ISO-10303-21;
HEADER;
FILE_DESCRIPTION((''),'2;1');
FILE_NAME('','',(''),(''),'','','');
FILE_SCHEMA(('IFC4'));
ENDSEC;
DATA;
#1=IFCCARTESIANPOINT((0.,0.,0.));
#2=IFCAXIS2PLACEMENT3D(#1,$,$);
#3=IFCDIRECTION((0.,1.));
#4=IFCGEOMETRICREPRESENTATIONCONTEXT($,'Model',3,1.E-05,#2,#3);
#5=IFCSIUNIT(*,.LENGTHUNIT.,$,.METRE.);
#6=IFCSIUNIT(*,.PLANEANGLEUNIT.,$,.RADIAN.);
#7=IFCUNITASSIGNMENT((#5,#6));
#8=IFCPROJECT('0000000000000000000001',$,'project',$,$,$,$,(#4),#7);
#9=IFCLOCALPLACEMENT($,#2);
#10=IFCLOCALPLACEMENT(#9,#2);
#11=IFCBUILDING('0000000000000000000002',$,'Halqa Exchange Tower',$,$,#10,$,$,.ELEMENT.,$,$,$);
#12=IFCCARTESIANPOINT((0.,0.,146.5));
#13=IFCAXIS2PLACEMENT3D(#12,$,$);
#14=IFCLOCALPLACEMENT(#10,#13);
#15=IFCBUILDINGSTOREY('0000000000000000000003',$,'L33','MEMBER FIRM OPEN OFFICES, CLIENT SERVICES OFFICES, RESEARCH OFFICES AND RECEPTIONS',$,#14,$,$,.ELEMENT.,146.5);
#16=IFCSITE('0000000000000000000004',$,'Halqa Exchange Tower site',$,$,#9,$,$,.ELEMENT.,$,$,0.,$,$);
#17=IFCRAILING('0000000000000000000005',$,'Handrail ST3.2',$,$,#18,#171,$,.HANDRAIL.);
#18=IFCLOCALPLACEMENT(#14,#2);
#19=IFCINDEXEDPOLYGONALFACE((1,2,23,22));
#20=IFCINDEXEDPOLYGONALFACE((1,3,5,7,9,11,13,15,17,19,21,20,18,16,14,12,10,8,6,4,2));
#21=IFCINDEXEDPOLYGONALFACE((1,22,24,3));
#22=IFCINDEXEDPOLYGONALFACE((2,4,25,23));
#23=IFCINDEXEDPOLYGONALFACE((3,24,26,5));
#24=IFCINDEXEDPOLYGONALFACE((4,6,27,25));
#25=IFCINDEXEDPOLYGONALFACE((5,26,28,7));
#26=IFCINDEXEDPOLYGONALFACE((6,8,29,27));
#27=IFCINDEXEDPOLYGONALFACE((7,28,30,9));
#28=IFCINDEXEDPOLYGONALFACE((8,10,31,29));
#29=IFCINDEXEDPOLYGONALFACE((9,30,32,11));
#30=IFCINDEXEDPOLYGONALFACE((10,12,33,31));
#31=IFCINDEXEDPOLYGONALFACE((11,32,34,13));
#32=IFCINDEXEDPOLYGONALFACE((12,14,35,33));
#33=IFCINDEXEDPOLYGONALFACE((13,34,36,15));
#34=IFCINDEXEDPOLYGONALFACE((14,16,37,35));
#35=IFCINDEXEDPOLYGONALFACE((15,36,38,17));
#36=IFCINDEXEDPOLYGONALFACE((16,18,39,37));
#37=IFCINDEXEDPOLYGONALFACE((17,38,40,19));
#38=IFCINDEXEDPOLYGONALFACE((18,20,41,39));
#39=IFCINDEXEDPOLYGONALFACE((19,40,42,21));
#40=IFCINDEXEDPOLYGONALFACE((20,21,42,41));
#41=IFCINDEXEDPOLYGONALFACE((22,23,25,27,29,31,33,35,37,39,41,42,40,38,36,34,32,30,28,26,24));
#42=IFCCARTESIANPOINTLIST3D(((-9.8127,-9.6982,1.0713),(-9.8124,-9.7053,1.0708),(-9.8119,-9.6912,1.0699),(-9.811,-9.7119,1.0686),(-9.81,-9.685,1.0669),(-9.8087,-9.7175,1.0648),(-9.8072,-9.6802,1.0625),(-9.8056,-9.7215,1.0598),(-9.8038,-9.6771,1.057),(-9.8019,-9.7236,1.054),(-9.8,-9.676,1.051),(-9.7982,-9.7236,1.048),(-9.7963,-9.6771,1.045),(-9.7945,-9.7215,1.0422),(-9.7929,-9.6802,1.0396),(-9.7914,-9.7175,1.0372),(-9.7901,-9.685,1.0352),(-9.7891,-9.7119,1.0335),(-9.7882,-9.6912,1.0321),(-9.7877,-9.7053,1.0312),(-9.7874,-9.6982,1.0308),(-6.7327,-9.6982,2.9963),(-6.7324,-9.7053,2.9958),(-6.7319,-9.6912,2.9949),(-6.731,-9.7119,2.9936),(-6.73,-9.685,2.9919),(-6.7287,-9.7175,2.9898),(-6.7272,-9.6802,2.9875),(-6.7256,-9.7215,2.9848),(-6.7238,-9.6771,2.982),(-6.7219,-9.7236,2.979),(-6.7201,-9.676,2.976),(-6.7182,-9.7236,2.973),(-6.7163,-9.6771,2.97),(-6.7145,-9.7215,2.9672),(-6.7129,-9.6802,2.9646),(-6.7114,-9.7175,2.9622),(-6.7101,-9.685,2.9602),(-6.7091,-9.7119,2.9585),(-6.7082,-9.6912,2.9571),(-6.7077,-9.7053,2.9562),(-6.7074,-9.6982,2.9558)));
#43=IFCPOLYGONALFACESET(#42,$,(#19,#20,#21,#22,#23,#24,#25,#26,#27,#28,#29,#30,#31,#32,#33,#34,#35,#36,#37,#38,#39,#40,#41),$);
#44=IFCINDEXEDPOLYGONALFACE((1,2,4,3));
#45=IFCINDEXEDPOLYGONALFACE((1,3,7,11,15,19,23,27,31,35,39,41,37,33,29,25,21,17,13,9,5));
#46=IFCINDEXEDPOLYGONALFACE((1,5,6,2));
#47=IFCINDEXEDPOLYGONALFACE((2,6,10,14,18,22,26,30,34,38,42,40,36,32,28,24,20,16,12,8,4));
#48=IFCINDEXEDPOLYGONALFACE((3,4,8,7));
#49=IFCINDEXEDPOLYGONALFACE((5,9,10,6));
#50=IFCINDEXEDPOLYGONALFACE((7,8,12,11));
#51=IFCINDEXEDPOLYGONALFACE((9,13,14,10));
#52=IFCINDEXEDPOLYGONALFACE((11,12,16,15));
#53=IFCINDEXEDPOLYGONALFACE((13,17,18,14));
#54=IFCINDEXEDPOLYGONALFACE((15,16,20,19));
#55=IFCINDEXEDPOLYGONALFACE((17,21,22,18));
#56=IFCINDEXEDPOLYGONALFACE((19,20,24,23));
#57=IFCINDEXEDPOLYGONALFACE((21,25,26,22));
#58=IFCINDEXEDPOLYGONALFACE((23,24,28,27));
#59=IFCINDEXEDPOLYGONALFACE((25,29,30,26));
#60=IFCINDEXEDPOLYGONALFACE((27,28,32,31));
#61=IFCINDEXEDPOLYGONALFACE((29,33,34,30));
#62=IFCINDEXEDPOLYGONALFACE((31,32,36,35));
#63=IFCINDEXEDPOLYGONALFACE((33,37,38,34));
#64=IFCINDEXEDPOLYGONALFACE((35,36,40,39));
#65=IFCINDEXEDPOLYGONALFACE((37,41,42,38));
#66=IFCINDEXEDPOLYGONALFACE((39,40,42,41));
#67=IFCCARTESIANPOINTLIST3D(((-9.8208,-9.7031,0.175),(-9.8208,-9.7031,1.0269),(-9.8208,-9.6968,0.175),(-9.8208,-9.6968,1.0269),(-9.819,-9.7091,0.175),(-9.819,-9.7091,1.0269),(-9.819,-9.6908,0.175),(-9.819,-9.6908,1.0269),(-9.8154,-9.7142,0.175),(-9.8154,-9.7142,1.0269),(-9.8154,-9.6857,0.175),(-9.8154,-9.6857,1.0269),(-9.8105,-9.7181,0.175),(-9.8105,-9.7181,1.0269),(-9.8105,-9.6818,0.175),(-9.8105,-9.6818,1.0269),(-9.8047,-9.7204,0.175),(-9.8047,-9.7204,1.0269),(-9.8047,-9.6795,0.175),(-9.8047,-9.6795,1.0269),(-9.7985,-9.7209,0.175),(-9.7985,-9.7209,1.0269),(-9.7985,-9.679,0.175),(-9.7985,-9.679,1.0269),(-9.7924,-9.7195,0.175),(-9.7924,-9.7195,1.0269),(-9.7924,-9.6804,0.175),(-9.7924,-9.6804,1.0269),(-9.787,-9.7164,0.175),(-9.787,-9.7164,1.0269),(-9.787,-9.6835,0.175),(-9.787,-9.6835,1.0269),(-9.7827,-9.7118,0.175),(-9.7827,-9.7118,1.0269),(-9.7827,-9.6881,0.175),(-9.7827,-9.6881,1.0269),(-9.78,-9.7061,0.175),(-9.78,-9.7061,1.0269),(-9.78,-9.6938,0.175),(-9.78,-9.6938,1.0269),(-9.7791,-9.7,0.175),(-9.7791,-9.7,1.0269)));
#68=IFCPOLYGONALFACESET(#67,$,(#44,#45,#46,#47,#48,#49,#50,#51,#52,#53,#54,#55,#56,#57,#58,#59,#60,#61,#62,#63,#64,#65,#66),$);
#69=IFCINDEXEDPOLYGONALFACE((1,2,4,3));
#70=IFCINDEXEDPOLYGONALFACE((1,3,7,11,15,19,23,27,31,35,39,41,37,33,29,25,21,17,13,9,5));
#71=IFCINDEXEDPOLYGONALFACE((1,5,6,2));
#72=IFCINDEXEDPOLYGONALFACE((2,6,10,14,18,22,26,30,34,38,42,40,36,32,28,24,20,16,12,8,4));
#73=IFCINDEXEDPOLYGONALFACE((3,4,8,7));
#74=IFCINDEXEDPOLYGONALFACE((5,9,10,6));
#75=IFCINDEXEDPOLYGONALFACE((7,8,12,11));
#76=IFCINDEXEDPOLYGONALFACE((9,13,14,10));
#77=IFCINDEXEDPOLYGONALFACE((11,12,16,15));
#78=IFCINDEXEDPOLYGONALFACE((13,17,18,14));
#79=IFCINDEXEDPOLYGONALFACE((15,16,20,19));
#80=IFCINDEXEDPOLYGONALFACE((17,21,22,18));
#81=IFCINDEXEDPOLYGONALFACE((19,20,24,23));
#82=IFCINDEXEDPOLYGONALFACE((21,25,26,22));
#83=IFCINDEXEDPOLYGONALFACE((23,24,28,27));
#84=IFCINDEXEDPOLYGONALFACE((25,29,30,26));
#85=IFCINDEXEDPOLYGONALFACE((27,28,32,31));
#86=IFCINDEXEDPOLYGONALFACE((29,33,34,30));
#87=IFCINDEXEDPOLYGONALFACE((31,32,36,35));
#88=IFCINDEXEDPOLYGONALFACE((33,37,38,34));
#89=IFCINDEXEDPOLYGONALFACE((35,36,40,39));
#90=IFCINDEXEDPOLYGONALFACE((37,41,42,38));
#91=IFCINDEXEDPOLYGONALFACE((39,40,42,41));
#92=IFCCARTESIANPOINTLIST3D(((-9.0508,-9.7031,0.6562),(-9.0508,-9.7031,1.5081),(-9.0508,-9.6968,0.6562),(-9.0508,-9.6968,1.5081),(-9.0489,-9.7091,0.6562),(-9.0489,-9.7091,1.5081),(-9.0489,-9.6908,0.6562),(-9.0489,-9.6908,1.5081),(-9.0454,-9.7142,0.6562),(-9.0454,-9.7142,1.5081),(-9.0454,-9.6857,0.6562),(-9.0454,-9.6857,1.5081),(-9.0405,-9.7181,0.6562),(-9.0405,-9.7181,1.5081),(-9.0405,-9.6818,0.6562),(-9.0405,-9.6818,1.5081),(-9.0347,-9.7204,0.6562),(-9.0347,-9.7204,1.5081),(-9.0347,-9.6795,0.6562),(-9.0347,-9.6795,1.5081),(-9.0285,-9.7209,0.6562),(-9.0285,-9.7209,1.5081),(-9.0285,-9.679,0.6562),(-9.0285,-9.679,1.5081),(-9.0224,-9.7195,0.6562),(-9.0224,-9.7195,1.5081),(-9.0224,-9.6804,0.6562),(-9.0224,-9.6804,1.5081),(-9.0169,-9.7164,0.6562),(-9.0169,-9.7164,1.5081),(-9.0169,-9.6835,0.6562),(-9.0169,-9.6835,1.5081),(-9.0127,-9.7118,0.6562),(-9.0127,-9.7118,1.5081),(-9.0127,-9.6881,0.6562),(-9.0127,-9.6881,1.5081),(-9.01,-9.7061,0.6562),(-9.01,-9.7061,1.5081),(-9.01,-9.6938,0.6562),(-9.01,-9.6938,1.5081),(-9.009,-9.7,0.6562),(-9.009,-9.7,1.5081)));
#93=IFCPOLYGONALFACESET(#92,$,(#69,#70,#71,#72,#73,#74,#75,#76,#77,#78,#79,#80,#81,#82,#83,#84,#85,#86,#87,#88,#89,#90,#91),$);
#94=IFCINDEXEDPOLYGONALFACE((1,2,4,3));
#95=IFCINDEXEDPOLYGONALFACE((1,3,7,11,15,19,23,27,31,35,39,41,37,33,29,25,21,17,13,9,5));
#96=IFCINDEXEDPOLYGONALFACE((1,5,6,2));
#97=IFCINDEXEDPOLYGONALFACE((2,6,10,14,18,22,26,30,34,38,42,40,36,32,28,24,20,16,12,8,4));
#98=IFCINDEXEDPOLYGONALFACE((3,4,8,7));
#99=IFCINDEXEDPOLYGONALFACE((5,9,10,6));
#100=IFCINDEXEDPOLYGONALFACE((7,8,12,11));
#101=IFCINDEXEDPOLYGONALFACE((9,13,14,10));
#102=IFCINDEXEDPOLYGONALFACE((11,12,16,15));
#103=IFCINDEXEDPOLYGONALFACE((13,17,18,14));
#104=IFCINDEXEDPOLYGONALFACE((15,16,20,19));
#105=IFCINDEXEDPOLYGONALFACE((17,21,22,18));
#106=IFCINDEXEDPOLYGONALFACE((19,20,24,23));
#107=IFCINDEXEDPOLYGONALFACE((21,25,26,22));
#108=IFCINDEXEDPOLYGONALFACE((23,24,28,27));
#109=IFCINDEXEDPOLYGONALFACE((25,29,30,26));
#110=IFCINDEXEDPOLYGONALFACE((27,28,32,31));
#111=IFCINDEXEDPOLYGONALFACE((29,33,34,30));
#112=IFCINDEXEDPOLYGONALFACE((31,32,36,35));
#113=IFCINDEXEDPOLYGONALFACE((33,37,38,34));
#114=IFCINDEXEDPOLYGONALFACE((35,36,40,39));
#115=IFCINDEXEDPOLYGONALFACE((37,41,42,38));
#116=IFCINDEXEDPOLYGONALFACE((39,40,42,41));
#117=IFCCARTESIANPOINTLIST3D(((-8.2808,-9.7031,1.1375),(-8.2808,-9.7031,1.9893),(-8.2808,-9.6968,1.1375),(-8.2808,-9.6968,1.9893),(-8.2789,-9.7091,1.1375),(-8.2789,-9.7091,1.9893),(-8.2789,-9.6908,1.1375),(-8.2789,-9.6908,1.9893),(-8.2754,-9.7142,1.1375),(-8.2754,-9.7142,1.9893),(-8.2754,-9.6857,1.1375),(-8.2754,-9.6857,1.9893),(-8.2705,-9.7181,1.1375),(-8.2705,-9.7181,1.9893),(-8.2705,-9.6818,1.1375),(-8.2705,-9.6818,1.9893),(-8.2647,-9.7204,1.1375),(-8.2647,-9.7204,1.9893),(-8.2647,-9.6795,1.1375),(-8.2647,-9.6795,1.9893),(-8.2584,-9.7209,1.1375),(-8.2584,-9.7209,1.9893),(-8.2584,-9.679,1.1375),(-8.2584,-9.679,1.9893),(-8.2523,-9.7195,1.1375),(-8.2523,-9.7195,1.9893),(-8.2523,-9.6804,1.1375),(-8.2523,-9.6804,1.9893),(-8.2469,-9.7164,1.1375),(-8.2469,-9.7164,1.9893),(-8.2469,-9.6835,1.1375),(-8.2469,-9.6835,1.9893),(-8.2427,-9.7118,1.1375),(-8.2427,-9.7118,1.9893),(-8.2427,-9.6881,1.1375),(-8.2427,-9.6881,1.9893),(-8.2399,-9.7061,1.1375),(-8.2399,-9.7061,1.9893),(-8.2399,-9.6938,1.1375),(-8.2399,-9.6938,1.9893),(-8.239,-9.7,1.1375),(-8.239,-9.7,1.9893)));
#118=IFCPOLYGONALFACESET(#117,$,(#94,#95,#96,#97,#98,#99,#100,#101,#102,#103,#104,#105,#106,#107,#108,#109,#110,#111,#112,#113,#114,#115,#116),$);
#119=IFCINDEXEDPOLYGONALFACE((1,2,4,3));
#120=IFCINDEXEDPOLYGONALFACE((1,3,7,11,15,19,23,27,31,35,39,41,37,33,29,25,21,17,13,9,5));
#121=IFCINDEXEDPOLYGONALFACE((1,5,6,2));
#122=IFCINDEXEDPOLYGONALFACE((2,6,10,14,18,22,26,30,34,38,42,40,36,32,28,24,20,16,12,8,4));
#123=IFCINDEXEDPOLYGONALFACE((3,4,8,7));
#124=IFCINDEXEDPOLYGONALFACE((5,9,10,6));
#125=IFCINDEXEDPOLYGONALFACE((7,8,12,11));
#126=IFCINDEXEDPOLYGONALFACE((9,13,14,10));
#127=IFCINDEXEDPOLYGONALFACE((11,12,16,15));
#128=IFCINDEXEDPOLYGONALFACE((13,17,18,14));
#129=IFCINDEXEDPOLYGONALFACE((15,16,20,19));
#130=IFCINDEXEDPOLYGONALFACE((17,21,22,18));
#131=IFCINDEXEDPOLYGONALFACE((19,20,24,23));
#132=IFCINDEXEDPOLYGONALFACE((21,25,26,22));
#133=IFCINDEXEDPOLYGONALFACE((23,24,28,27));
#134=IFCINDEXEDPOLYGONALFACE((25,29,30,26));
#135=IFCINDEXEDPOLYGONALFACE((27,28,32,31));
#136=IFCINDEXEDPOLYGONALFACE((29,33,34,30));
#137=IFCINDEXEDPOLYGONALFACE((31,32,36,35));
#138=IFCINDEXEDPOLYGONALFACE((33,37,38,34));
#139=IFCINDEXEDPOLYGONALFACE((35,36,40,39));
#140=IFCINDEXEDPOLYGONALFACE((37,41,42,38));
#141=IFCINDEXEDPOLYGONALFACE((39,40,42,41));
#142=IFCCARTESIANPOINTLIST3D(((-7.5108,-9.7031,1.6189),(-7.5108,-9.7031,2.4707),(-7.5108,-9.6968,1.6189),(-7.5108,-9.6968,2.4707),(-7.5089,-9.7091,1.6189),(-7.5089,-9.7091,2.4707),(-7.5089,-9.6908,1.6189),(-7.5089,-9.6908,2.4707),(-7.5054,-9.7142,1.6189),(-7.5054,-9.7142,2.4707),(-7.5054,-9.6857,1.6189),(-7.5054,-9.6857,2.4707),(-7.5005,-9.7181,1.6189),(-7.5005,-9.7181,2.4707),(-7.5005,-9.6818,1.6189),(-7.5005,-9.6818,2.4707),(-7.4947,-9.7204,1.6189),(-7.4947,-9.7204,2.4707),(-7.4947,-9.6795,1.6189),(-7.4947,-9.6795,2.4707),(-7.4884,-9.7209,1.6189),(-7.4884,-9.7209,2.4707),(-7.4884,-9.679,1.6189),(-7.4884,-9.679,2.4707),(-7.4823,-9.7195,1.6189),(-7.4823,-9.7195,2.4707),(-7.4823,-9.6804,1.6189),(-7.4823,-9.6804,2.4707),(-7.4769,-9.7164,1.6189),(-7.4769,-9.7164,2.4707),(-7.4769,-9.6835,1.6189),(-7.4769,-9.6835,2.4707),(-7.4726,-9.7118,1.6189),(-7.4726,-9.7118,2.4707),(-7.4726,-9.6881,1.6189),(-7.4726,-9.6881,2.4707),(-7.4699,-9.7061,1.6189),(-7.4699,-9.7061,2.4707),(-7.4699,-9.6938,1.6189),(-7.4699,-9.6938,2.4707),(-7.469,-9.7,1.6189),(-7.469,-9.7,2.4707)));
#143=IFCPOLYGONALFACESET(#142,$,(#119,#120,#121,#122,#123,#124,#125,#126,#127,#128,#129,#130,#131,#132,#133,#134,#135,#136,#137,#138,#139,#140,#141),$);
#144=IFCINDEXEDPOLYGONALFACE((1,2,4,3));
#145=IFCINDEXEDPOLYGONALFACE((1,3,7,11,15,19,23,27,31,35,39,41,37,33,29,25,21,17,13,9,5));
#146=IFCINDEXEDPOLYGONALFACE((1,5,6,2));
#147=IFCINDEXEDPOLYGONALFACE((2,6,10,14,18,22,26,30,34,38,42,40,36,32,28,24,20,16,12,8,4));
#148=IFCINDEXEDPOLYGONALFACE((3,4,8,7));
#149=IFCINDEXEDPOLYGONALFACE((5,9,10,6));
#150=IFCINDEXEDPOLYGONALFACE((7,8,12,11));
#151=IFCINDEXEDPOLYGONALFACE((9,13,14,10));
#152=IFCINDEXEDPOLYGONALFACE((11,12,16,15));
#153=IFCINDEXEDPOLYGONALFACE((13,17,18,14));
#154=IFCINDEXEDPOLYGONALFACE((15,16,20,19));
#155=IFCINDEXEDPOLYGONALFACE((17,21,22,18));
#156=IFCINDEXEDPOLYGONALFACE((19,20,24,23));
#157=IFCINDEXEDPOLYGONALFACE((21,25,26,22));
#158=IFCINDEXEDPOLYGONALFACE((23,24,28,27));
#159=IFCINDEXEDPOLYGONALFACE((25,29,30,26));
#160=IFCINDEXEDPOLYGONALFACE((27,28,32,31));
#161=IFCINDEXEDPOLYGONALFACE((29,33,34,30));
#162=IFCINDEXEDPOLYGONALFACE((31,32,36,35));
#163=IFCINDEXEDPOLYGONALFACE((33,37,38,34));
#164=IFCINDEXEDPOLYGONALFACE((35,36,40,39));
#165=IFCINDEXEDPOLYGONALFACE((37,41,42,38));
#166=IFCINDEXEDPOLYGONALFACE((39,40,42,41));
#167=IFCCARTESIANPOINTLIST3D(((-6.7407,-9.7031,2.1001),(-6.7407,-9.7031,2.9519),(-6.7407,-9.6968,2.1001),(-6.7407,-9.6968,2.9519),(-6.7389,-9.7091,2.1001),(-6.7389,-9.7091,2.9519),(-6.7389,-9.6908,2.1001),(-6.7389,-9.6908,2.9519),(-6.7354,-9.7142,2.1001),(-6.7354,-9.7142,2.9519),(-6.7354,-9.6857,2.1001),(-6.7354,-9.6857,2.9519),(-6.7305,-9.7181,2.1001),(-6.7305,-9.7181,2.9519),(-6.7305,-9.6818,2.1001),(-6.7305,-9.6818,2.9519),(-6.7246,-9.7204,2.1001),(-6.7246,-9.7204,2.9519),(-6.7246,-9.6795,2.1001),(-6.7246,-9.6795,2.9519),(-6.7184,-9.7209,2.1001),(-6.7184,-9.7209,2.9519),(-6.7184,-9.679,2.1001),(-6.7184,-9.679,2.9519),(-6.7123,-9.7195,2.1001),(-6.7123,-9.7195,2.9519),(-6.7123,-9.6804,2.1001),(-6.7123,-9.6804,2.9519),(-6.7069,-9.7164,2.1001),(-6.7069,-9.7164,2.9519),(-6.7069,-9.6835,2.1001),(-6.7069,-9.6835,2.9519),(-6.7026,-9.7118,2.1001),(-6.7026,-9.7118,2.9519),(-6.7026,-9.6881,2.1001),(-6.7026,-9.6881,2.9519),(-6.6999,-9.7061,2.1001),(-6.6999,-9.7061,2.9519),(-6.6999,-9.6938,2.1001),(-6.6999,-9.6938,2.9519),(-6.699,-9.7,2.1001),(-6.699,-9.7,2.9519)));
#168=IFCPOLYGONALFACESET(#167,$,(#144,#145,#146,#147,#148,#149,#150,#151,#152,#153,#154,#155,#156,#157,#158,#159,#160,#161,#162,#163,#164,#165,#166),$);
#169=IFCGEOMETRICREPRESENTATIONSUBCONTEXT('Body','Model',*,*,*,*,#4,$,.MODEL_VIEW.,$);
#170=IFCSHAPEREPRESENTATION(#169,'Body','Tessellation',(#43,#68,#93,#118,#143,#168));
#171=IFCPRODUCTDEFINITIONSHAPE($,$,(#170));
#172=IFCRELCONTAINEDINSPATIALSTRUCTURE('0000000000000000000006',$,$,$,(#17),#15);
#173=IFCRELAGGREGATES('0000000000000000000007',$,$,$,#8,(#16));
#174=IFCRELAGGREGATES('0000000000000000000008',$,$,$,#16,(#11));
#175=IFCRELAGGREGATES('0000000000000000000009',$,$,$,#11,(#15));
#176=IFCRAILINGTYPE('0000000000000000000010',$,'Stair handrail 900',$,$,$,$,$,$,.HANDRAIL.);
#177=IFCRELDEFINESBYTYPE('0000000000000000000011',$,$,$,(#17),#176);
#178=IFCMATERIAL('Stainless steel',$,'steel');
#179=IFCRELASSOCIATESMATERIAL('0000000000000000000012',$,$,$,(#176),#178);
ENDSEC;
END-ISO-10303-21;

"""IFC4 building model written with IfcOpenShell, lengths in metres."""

from ifc_helpers import new_model, si_unit, direction, frame, origin, origin_2d, place, context, subcontext, project, spatial, circle, extrude, material, type_object, element, save


model = new_model("IFC4")

# Units and contexts
model_context = context("Model", 3, precision=1e-05, world=origin(), true_north=direction((0.0, 1.0)))
body_context = subcontext(model_context, "Body", "Model", "MODEL_VIEW")
ifc_project = project(units=[si_unit("LENGTHUNIT", "METRE"), si_unit("PLANEANGLEUNIT", "RADIAN")], contexts=[model_context])

# Site, building, storey
site_placement = place(None, origin())
site = spatial("IfcSite", under=ifc_project, at=site_placement, Name="Halqa Exchange Tower site", CompositionType="ELEMENT", RefElevation=0.0)
building_placement = place(site_placement, origin())
building = spatial("IfcBuilding", under=site, at=building_placement, Name="Halqa Exchange Tower", CompositionType="ELEMENT")
storey_placement = place(building_placement, frame((0.0, 0.0, 146.5)))
storey = spatial("IfcBuildingStorey", under=building, at=storey_placement, Name="L33", Description="MEMBER FIRM OPEN OFFICES, CLIENT SERVICES OFFICES, RESEARCH OFFICES AND RECEPTIONS", CompositionType="ELEMENT", Elevation=146.5)

# Shared definitions
ifc_material_1 = material(Name="Stainless steel", Category="steel")

# Railing
railing_type_1 = type_object("IfcRailingType", Name="Stair handrail 900", PredefinedType="HANDRAIL", material=ifc_material_1)
railing_1_placement = place(storey_placement, frame((-9.8, -9.7, 0.175)))
element("IfcRailing", 1, at=railing_1_placement, inside=storey, type_object=railing_type_1, Name="Handrail ST3.2", PredefinedType="HANDRAIL", context=body_context, shape_type="SweptSolid", body=[
    extrude(circle(Radius=0.0239, at=origin_2d()), frame((0.0, 0.0, 0.876), z_axis=(0.847998, 0.0, 0.529999), x_axis=(0.0, 1.0, 0.0)), (0.0, 0.0, 1.0), 3.6321),
    extrude(circle(Radius=0.021, at=origin_2d()), origin(), (0.0, 0.0, 1.0), 0.8518),
    extrude(circle(Radius=0.021, at=origin_2d()), frame((0.77, 0.0, 0.4812)), (0.0, 0.0, 1.0), 0.8518),
    extrude(circle(Radius=0.021, at=origin_2d()), frame((1.54, 0.0, 0.9624)), (0.0, 0.0, 1.0), 0.8518),
    extrude(circle(Radius=0.021, at=origin_2d()), frame((2.3101, 0.0, 1.4438)), (0.0, 0.0, 1.0), 0.8518),
    extrude(circle(Radius=0.021, at=origin_2d()), frame((3.0801, 0.0, 1.925)), (0.0, 0.0, 1.0), 0.8518),
])

save(model, "model.ifc")
